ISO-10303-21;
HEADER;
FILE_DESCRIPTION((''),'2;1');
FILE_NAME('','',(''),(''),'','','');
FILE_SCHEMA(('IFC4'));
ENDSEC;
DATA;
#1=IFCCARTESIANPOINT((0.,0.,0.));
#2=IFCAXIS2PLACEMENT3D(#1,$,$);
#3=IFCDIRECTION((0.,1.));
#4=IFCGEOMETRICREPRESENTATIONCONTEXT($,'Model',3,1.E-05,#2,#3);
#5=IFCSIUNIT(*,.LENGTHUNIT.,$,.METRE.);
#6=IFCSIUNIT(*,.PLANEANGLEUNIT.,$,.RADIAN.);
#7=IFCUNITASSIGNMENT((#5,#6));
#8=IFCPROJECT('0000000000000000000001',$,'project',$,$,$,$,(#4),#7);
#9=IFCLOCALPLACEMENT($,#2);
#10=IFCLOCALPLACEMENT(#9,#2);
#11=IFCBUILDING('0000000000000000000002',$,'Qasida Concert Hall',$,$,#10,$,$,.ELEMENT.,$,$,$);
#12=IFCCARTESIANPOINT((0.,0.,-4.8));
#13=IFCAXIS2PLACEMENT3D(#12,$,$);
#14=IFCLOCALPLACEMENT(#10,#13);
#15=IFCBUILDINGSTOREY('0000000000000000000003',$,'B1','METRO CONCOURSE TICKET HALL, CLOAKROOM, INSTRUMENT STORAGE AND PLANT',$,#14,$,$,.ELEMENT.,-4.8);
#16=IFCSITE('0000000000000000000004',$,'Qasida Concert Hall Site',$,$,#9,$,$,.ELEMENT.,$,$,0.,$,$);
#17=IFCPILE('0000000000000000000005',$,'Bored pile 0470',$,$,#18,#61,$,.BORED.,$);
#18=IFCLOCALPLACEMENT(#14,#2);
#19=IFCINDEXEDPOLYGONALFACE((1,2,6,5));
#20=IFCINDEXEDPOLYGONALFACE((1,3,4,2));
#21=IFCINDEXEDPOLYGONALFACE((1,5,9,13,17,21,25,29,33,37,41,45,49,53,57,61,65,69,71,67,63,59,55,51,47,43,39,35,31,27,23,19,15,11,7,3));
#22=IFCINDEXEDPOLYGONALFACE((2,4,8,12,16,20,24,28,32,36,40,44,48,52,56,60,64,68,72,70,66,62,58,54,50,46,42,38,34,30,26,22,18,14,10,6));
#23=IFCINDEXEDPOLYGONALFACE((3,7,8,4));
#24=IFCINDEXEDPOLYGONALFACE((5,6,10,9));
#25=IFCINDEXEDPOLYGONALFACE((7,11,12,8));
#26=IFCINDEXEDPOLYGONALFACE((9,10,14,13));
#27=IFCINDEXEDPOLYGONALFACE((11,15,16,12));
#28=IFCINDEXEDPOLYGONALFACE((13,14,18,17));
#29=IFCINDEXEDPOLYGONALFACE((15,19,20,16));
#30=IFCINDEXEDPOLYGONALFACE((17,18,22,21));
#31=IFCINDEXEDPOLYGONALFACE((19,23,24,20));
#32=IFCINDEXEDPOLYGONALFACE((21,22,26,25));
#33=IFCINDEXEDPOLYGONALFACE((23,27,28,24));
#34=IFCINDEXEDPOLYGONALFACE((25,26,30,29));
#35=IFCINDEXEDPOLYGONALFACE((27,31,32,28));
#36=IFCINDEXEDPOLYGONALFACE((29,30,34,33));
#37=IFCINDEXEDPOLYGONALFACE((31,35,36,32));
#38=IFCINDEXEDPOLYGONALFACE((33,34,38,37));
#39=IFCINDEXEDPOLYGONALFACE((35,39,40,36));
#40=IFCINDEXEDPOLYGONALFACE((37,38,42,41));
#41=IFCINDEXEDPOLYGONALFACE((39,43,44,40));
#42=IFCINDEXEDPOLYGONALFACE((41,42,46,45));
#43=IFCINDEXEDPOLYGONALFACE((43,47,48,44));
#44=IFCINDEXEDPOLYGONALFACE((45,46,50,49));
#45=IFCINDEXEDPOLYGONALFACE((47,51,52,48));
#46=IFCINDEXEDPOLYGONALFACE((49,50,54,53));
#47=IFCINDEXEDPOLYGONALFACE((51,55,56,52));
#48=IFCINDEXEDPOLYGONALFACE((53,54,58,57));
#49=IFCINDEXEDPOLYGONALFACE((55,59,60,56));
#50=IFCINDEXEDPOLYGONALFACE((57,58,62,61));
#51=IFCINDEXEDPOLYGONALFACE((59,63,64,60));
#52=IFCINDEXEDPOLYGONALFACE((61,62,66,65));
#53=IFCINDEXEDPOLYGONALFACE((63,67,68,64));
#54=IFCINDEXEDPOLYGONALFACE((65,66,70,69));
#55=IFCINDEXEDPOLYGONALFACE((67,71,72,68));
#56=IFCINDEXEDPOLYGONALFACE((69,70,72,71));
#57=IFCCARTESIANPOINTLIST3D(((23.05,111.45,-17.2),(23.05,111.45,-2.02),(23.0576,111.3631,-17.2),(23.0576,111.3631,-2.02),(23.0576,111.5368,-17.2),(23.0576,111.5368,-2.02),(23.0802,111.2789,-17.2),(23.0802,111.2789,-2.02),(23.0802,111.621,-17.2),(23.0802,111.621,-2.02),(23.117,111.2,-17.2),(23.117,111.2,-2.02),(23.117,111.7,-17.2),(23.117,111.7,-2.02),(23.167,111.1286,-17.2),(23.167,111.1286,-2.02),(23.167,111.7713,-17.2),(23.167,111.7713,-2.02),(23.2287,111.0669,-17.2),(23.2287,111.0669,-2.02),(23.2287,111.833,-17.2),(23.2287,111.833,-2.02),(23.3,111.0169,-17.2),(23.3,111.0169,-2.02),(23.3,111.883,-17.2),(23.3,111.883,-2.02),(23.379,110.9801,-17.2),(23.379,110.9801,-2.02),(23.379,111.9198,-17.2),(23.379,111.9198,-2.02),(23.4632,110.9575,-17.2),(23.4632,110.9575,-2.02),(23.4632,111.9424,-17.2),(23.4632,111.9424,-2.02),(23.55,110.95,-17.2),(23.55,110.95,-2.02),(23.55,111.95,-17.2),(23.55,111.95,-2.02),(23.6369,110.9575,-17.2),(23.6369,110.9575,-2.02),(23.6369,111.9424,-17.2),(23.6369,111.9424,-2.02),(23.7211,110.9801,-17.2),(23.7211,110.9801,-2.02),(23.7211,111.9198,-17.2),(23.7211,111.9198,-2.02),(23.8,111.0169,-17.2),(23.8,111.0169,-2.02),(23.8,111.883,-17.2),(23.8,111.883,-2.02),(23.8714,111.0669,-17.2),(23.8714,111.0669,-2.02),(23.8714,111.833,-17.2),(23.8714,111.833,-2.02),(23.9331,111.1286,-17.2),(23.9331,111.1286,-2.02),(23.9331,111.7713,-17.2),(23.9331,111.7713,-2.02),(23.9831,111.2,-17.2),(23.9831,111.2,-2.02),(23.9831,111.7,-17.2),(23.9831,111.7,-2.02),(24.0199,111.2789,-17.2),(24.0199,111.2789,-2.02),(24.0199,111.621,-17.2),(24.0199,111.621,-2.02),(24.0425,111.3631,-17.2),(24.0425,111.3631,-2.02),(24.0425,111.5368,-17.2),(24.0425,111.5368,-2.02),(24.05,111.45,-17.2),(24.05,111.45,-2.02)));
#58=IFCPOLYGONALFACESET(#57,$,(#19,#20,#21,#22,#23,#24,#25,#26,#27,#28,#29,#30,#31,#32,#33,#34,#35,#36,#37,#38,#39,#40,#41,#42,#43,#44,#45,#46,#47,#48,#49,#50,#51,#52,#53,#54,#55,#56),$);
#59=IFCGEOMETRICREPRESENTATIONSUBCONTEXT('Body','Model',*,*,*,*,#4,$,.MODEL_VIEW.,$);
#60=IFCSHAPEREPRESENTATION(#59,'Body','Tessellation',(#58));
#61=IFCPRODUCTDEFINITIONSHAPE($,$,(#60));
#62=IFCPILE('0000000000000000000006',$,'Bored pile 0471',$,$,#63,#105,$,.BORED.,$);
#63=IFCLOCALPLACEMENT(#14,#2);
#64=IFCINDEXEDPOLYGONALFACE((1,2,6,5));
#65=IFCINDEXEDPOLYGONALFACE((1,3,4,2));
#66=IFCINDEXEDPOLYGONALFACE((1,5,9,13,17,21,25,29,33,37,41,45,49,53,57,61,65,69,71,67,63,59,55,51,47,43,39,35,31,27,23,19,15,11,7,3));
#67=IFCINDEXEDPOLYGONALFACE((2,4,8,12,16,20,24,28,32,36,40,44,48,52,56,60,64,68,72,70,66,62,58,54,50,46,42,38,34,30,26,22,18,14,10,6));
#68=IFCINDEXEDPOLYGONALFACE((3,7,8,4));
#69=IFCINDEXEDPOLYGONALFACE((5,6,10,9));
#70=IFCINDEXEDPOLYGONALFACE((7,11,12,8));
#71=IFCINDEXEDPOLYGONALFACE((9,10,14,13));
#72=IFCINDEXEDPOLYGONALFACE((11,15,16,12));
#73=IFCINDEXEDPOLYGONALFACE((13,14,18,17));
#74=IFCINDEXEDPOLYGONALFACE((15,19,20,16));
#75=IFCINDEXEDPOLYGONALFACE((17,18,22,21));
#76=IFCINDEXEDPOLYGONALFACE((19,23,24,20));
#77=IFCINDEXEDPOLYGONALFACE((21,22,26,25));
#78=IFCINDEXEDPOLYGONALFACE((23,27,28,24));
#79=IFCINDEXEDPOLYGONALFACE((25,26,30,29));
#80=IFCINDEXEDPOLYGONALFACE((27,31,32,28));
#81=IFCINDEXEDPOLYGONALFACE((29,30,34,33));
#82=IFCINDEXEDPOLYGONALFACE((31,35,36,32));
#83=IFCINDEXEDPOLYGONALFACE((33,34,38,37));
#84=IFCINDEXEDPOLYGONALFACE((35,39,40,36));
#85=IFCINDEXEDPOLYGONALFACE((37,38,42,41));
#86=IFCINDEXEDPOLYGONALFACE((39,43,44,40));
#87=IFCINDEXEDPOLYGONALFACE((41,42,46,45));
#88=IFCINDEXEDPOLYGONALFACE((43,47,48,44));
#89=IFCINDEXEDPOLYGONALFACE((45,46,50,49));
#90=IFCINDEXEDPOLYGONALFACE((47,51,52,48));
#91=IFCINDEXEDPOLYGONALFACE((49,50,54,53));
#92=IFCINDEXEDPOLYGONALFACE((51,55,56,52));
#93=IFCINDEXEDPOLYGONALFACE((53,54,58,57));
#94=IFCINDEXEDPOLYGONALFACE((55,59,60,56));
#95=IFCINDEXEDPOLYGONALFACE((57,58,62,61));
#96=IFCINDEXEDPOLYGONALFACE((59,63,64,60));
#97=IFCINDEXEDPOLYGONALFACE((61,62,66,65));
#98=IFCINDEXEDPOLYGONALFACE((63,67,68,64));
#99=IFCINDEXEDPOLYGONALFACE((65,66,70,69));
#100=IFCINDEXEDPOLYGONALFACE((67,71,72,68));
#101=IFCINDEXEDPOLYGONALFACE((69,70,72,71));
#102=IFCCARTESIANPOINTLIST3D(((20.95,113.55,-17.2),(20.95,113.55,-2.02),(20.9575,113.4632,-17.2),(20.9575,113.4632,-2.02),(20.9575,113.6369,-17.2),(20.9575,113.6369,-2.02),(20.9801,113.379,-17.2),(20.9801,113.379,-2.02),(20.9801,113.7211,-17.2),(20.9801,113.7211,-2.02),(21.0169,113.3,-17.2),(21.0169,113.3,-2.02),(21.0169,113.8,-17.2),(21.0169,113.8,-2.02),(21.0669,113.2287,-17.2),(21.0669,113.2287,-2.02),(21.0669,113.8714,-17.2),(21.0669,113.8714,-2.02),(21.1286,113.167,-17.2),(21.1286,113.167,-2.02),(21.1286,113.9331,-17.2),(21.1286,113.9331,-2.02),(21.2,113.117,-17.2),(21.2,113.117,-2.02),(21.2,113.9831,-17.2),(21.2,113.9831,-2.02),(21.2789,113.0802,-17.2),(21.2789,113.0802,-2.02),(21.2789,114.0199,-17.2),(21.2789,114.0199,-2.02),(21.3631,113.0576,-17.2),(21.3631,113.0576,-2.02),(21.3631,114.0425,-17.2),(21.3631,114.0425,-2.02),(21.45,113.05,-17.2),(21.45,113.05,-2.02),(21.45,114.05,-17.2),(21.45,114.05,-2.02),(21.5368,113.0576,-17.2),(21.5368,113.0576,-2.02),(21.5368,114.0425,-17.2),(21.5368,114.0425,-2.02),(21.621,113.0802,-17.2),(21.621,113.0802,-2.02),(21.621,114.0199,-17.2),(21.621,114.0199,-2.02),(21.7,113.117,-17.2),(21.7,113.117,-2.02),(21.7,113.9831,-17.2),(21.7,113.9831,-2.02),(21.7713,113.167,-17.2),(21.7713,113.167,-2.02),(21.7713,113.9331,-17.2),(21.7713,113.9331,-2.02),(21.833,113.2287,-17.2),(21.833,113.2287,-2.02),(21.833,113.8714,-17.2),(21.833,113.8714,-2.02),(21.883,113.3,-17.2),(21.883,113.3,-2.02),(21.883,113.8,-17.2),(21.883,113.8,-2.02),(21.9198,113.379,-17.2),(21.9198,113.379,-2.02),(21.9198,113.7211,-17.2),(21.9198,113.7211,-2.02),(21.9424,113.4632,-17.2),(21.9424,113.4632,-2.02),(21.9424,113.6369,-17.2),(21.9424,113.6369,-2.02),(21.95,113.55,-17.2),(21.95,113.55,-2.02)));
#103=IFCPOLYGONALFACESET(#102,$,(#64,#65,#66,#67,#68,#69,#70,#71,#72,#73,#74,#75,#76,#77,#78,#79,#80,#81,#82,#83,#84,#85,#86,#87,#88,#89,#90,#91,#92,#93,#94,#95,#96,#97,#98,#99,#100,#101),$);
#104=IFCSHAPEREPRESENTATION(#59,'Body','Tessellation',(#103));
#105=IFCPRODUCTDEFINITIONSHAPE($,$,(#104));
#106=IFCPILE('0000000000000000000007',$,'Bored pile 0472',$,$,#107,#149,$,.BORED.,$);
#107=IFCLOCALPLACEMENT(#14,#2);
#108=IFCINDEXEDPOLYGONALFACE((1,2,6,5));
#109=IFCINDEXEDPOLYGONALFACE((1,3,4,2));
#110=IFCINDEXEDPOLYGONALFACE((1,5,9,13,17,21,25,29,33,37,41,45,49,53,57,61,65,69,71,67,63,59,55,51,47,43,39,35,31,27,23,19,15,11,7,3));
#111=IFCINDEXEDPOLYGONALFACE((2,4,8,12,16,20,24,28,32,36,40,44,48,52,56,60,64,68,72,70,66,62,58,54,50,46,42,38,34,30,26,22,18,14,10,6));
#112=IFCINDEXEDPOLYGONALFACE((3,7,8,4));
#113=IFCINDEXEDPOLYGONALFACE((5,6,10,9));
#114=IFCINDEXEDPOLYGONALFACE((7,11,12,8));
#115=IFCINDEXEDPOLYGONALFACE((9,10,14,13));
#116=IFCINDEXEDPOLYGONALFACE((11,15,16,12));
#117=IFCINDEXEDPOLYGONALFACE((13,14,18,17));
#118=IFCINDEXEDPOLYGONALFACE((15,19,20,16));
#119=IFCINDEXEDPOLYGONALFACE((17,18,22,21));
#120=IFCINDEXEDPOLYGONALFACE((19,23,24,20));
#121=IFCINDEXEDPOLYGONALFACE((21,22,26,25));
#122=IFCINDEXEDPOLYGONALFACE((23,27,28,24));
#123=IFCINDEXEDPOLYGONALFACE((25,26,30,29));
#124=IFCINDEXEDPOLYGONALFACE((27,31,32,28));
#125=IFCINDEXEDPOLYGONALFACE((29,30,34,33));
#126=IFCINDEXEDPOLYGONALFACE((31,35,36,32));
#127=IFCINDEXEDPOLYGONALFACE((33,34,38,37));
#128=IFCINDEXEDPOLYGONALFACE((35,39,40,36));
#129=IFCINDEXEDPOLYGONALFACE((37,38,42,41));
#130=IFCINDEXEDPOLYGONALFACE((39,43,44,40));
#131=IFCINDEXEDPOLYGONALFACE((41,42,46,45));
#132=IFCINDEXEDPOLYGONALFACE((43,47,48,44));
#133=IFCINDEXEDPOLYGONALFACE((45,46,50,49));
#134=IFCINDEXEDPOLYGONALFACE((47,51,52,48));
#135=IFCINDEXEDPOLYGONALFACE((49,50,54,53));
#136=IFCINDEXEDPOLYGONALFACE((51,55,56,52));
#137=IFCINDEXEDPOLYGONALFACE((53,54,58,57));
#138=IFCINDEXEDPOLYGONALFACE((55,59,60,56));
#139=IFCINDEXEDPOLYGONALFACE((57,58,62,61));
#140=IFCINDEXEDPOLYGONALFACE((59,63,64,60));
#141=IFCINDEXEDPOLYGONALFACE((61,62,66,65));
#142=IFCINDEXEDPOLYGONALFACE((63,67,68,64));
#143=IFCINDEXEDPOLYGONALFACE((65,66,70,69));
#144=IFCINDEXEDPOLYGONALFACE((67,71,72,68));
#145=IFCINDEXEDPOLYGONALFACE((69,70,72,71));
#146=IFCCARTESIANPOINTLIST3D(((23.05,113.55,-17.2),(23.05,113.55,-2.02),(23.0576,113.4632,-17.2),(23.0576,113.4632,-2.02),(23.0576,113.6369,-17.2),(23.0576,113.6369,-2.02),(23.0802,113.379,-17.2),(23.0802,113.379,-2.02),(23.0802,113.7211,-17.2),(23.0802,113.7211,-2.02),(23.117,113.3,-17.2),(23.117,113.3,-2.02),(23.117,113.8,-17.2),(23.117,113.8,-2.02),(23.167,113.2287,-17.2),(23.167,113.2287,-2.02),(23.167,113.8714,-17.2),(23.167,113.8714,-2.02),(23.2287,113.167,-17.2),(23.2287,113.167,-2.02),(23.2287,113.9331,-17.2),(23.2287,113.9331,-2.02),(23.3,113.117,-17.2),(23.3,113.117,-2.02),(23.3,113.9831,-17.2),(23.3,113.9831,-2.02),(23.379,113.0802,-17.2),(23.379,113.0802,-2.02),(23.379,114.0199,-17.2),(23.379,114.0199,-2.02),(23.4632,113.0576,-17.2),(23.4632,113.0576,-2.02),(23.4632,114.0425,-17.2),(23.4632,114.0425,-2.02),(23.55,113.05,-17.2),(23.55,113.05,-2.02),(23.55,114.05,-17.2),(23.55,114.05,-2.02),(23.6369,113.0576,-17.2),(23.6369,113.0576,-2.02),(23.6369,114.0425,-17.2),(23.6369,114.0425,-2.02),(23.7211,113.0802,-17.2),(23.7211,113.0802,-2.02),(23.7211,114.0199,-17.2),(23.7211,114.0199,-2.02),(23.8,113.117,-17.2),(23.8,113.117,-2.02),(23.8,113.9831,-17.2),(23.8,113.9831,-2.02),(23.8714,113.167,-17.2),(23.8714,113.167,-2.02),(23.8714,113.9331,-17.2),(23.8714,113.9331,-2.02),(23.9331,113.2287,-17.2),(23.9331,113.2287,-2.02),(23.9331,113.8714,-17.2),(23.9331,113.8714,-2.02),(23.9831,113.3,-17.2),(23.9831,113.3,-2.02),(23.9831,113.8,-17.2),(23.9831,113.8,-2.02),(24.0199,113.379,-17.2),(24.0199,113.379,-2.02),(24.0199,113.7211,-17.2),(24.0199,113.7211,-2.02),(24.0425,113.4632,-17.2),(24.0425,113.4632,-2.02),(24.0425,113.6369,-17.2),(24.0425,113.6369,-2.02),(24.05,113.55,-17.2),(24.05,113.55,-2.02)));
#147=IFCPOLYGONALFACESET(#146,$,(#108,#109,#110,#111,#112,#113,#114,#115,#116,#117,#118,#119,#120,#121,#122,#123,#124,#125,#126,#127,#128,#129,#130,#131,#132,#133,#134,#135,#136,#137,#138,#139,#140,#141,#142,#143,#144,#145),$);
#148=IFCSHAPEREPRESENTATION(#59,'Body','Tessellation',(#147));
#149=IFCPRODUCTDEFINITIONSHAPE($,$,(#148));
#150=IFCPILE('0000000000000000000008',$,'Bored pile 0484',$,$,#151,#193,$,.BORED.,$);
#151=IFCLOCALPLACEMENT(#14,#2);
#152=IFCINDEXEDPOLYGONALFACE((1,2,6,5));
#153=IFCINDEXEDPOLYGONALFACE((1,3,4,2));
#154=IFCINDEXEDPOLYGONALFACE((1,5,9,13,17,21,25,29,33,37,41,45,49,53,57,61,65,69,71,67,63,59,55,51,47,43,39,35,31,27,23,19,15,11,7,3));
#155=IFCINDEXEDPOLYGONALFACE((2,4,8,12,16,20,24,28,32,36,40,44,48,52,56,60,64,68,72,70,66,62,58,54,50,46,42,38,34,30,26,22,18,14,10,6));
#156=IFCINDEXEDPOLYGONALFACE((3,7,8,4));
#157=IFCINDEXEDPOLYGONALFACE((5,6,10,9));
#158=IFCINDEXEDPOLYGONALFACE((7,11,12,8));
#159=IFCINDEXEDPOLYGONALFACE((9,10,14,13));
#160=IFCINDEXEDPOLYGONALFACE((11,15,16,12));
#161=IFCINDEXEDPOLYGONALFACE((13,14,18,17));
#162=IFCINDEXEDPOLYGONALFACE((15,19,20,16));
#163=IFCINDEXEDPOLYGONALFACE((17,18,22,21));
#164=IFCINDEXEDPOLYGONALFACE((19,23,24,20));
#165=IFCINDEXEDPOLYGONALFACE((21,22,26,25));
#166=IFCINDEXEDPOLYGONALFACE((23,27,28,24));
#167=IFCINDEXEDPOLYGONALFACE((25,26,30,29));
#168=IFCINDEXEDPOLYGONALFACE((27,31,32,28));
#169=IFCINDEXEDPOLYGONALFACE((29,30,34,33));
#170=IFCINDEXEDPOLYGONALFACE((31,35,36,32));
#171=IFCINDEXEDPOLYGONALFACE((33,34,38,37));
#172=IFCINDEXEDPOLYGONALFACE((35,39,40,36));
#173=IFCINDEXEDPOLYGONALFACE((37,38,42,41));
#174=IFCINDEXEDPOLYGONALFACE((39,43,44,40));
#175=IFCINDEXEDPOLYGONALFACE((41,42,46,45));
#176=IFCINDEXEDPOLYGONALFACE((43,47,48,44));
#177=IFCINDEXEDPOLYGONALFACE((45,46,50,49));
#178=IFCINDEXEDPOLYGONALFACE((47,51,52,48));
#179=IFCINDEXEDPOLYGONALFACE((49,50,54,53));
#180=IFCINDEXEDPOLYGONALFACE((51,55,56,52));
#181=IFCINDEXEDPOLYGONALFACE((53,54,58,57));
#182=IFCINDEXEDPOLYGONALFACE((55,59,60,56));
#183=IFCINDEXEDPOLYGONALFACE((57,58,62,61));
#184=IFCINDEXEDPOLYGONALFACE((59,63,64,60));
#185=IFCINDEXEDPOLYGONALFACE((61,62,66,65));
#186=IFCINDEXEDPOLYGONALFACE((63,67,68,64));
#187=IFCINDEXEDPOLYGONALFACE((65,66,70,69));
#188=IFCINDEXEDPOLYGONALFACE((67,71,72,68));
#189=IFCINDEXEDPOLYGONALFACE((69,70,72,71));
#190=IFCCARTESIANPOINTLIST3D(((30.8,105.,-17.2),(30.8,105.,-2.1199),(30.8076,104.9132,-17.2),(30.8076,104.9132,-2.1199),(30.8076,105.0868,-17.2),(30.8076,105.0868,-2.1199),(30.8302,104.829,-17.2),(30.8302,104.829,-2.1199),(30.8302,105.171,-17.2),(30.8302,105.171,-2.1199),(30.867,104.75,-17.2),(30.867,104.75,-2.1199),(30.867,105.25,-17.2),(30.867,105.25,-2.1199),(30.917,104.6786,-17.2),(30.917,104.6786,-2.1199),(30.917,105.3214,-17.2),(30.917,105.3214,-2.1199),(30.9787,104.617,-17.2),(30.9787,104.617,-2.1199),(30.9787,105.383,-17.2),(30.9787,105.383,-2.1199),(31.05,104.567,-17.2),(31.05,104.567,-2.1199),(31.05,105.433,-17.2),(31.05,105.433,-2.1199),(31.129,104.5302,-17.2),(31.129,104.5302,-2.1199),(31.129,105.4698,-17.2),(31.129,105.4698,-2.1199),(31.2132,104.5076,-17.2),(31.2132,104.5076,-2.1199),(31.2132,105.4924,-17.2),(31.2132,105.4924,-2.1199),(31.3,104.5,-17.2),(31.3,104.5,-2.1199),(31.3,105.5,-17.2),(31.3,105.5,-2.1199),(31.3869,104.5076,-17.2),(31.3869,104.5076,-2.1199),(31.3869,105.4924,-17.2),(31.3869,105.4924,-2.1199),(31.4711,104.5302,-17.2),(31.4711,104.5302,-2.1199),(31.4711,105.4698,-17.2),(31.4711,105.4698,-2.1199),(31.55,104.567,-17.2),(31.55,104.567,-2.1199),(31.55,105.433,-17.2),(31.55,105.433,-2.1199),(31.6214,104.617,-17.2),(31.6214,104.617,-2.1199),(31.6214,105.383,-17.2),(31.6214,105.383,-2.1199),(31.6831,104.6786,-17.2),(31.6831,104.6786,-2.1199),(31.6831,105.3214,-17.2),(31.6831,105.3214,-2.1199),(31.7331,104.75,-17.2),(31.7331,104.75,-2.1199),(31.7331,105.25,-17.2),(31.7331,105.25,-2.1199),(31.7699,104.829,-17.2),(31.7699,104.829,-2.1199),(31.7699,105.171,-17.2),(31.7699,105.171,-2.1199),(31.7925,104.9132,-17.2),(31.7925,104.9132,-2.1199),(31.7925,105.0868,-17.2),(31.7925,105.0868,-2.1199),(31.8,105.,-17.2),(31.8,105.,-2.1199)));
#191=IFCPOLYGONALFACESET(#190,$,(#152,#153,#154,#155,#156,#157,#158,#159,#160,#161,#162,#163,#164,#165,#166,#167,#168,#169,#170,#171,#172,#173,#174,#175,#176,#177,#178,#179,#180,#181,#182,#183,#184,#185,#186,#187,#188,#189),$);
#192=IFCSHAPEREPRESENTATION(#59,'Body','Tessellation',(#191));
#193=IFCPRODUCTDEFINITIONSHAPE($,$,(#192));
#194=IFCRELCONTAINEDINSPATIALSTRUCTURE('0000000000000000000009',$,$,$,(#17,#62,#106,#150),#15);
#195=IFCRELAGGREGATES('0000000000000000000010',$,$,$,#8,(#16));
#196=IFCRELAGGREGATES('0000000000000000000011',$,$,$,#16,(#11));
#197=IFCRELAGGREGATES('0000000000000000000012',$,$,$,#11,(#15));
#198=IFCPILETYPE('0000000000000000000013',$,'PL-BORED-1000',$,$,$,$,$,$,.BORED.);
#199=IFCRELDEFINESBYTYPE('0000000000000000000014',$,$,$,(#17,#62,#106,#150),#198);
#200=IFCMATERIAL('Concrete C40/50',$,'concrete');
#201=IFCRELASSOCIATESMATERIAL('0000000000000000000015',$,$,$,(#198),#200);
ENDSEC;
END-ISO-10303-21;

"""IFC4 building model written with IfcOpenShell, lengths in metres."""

from ifc_helpers import new_model, si_unit, direction, frame, origin, origin_2d, place, context, subcontext, project, spatial, circle, extrude, material, material_profile, profile_set, type_object, element, save


model = new_model("IFC4")

# Units and contexts
model_context = context("Model", 3, precision=1e-05, world=origin(), true_north=direction((0.0, 1.0)))
body_context = subcontext(model_context, "Body", "Model", "MODEL_VIEW")
ifc_project = project(units=[si_unit("LENGTHUNIT", "METRE"), si_unit("PLANEANGLEUNIT", "RADIAN")], contexts=[model_context])

# Site, building, storey
site_placement = place(None, origin())
site = spatial("IfcSite", under=ifc_project, at=site_placement, Name="Qasida Concert Hall Site", CompositionType="ELEMENT", RefElevation=0.0)
building_placement = place(site_placement, origin())
building = spatial("IfcBuilding", under=site, at=building_placement, Name="Qasida Concert Hall", CompositionType="ELEMENT")
storey_placement = place(building_placement, frame((0.0, 0.0, -4.8)))
storey = spatial("IfcBuildingStorey", under=building, at=storey_placement, Name="B1", Description="METRO CONCOURSE TICKET HALL, CLOAKROOM, INSTRUMENT STORAGE AND PLANT", CompositionType="ELEMENT", Elevation=-4.8)

# Shared definitions
ifc_material_1 = material(Name="Concrete C40/50", Category="concrete")

# Piles
ifc_material_profile_1 = material_profile(ifc_material_1, circle(Radius=0.5, at=origin_2d()), Name="BORED PILE D1000")
ifc_profile_set_1 = profile_set([ifc_material_profile_1], Name="Concrete C40/50")
pile_type = type_object("IfcPileType", Name="PL-BORED-1000", PredefinedType="BORED", material=ifc_profile_set_1)
for number, where, z_axis, x_axis, name in (
    (1, (23.55, 111.45, -2.02), (0.0, 0.0, -1.0), (1.0, 0.0, 0.0), "Bored pile 0470"),
    (2, (21.45, 113.55, -2.02), (0.0, 0.0, -1.0), (1.0, 0.0, 0.0), "Bored pile 0471"),
    (3, (23.55, 113.55, -2.02), (0.0, 0.0, -1.0), (1.0, 0.0, 0.0), "Bored pile 0472"),
):
    element("IfcPile", number, at=place(storey_placement, frame(where, z_axis=z_axis, x_axis=x_axis)), inside=storey, type_object=pile_type, Name=name, PredefinedType="BORED", context=body_context, shape_type="SweptSolid", body=[
        extrude(circle(Radius=0.5, at=origin_2d()), origin(), (0.0, 0.0, 1.0), 15.1799),
    ])
pile_placement = place(storey_placement, frame((31.3, 105.0, -2.1199), z_axis=(0.0, 0.0, -1.0), x_axis=(1.0, 0.0, 0.0)))
element("IfcPile", 4, at=pile_placement, inside=storey, type_object=pile_type, Name="Bored pile 0484", PredefinedType="BORED", context=body_context, shape_type="SweptSolid", body=[
    extrude(circle(Radius=0.5, at=origin_2d()), origin(), (0.0, 0.0, 1.0), 15.0801),
])

save(model, "model.ifc")
